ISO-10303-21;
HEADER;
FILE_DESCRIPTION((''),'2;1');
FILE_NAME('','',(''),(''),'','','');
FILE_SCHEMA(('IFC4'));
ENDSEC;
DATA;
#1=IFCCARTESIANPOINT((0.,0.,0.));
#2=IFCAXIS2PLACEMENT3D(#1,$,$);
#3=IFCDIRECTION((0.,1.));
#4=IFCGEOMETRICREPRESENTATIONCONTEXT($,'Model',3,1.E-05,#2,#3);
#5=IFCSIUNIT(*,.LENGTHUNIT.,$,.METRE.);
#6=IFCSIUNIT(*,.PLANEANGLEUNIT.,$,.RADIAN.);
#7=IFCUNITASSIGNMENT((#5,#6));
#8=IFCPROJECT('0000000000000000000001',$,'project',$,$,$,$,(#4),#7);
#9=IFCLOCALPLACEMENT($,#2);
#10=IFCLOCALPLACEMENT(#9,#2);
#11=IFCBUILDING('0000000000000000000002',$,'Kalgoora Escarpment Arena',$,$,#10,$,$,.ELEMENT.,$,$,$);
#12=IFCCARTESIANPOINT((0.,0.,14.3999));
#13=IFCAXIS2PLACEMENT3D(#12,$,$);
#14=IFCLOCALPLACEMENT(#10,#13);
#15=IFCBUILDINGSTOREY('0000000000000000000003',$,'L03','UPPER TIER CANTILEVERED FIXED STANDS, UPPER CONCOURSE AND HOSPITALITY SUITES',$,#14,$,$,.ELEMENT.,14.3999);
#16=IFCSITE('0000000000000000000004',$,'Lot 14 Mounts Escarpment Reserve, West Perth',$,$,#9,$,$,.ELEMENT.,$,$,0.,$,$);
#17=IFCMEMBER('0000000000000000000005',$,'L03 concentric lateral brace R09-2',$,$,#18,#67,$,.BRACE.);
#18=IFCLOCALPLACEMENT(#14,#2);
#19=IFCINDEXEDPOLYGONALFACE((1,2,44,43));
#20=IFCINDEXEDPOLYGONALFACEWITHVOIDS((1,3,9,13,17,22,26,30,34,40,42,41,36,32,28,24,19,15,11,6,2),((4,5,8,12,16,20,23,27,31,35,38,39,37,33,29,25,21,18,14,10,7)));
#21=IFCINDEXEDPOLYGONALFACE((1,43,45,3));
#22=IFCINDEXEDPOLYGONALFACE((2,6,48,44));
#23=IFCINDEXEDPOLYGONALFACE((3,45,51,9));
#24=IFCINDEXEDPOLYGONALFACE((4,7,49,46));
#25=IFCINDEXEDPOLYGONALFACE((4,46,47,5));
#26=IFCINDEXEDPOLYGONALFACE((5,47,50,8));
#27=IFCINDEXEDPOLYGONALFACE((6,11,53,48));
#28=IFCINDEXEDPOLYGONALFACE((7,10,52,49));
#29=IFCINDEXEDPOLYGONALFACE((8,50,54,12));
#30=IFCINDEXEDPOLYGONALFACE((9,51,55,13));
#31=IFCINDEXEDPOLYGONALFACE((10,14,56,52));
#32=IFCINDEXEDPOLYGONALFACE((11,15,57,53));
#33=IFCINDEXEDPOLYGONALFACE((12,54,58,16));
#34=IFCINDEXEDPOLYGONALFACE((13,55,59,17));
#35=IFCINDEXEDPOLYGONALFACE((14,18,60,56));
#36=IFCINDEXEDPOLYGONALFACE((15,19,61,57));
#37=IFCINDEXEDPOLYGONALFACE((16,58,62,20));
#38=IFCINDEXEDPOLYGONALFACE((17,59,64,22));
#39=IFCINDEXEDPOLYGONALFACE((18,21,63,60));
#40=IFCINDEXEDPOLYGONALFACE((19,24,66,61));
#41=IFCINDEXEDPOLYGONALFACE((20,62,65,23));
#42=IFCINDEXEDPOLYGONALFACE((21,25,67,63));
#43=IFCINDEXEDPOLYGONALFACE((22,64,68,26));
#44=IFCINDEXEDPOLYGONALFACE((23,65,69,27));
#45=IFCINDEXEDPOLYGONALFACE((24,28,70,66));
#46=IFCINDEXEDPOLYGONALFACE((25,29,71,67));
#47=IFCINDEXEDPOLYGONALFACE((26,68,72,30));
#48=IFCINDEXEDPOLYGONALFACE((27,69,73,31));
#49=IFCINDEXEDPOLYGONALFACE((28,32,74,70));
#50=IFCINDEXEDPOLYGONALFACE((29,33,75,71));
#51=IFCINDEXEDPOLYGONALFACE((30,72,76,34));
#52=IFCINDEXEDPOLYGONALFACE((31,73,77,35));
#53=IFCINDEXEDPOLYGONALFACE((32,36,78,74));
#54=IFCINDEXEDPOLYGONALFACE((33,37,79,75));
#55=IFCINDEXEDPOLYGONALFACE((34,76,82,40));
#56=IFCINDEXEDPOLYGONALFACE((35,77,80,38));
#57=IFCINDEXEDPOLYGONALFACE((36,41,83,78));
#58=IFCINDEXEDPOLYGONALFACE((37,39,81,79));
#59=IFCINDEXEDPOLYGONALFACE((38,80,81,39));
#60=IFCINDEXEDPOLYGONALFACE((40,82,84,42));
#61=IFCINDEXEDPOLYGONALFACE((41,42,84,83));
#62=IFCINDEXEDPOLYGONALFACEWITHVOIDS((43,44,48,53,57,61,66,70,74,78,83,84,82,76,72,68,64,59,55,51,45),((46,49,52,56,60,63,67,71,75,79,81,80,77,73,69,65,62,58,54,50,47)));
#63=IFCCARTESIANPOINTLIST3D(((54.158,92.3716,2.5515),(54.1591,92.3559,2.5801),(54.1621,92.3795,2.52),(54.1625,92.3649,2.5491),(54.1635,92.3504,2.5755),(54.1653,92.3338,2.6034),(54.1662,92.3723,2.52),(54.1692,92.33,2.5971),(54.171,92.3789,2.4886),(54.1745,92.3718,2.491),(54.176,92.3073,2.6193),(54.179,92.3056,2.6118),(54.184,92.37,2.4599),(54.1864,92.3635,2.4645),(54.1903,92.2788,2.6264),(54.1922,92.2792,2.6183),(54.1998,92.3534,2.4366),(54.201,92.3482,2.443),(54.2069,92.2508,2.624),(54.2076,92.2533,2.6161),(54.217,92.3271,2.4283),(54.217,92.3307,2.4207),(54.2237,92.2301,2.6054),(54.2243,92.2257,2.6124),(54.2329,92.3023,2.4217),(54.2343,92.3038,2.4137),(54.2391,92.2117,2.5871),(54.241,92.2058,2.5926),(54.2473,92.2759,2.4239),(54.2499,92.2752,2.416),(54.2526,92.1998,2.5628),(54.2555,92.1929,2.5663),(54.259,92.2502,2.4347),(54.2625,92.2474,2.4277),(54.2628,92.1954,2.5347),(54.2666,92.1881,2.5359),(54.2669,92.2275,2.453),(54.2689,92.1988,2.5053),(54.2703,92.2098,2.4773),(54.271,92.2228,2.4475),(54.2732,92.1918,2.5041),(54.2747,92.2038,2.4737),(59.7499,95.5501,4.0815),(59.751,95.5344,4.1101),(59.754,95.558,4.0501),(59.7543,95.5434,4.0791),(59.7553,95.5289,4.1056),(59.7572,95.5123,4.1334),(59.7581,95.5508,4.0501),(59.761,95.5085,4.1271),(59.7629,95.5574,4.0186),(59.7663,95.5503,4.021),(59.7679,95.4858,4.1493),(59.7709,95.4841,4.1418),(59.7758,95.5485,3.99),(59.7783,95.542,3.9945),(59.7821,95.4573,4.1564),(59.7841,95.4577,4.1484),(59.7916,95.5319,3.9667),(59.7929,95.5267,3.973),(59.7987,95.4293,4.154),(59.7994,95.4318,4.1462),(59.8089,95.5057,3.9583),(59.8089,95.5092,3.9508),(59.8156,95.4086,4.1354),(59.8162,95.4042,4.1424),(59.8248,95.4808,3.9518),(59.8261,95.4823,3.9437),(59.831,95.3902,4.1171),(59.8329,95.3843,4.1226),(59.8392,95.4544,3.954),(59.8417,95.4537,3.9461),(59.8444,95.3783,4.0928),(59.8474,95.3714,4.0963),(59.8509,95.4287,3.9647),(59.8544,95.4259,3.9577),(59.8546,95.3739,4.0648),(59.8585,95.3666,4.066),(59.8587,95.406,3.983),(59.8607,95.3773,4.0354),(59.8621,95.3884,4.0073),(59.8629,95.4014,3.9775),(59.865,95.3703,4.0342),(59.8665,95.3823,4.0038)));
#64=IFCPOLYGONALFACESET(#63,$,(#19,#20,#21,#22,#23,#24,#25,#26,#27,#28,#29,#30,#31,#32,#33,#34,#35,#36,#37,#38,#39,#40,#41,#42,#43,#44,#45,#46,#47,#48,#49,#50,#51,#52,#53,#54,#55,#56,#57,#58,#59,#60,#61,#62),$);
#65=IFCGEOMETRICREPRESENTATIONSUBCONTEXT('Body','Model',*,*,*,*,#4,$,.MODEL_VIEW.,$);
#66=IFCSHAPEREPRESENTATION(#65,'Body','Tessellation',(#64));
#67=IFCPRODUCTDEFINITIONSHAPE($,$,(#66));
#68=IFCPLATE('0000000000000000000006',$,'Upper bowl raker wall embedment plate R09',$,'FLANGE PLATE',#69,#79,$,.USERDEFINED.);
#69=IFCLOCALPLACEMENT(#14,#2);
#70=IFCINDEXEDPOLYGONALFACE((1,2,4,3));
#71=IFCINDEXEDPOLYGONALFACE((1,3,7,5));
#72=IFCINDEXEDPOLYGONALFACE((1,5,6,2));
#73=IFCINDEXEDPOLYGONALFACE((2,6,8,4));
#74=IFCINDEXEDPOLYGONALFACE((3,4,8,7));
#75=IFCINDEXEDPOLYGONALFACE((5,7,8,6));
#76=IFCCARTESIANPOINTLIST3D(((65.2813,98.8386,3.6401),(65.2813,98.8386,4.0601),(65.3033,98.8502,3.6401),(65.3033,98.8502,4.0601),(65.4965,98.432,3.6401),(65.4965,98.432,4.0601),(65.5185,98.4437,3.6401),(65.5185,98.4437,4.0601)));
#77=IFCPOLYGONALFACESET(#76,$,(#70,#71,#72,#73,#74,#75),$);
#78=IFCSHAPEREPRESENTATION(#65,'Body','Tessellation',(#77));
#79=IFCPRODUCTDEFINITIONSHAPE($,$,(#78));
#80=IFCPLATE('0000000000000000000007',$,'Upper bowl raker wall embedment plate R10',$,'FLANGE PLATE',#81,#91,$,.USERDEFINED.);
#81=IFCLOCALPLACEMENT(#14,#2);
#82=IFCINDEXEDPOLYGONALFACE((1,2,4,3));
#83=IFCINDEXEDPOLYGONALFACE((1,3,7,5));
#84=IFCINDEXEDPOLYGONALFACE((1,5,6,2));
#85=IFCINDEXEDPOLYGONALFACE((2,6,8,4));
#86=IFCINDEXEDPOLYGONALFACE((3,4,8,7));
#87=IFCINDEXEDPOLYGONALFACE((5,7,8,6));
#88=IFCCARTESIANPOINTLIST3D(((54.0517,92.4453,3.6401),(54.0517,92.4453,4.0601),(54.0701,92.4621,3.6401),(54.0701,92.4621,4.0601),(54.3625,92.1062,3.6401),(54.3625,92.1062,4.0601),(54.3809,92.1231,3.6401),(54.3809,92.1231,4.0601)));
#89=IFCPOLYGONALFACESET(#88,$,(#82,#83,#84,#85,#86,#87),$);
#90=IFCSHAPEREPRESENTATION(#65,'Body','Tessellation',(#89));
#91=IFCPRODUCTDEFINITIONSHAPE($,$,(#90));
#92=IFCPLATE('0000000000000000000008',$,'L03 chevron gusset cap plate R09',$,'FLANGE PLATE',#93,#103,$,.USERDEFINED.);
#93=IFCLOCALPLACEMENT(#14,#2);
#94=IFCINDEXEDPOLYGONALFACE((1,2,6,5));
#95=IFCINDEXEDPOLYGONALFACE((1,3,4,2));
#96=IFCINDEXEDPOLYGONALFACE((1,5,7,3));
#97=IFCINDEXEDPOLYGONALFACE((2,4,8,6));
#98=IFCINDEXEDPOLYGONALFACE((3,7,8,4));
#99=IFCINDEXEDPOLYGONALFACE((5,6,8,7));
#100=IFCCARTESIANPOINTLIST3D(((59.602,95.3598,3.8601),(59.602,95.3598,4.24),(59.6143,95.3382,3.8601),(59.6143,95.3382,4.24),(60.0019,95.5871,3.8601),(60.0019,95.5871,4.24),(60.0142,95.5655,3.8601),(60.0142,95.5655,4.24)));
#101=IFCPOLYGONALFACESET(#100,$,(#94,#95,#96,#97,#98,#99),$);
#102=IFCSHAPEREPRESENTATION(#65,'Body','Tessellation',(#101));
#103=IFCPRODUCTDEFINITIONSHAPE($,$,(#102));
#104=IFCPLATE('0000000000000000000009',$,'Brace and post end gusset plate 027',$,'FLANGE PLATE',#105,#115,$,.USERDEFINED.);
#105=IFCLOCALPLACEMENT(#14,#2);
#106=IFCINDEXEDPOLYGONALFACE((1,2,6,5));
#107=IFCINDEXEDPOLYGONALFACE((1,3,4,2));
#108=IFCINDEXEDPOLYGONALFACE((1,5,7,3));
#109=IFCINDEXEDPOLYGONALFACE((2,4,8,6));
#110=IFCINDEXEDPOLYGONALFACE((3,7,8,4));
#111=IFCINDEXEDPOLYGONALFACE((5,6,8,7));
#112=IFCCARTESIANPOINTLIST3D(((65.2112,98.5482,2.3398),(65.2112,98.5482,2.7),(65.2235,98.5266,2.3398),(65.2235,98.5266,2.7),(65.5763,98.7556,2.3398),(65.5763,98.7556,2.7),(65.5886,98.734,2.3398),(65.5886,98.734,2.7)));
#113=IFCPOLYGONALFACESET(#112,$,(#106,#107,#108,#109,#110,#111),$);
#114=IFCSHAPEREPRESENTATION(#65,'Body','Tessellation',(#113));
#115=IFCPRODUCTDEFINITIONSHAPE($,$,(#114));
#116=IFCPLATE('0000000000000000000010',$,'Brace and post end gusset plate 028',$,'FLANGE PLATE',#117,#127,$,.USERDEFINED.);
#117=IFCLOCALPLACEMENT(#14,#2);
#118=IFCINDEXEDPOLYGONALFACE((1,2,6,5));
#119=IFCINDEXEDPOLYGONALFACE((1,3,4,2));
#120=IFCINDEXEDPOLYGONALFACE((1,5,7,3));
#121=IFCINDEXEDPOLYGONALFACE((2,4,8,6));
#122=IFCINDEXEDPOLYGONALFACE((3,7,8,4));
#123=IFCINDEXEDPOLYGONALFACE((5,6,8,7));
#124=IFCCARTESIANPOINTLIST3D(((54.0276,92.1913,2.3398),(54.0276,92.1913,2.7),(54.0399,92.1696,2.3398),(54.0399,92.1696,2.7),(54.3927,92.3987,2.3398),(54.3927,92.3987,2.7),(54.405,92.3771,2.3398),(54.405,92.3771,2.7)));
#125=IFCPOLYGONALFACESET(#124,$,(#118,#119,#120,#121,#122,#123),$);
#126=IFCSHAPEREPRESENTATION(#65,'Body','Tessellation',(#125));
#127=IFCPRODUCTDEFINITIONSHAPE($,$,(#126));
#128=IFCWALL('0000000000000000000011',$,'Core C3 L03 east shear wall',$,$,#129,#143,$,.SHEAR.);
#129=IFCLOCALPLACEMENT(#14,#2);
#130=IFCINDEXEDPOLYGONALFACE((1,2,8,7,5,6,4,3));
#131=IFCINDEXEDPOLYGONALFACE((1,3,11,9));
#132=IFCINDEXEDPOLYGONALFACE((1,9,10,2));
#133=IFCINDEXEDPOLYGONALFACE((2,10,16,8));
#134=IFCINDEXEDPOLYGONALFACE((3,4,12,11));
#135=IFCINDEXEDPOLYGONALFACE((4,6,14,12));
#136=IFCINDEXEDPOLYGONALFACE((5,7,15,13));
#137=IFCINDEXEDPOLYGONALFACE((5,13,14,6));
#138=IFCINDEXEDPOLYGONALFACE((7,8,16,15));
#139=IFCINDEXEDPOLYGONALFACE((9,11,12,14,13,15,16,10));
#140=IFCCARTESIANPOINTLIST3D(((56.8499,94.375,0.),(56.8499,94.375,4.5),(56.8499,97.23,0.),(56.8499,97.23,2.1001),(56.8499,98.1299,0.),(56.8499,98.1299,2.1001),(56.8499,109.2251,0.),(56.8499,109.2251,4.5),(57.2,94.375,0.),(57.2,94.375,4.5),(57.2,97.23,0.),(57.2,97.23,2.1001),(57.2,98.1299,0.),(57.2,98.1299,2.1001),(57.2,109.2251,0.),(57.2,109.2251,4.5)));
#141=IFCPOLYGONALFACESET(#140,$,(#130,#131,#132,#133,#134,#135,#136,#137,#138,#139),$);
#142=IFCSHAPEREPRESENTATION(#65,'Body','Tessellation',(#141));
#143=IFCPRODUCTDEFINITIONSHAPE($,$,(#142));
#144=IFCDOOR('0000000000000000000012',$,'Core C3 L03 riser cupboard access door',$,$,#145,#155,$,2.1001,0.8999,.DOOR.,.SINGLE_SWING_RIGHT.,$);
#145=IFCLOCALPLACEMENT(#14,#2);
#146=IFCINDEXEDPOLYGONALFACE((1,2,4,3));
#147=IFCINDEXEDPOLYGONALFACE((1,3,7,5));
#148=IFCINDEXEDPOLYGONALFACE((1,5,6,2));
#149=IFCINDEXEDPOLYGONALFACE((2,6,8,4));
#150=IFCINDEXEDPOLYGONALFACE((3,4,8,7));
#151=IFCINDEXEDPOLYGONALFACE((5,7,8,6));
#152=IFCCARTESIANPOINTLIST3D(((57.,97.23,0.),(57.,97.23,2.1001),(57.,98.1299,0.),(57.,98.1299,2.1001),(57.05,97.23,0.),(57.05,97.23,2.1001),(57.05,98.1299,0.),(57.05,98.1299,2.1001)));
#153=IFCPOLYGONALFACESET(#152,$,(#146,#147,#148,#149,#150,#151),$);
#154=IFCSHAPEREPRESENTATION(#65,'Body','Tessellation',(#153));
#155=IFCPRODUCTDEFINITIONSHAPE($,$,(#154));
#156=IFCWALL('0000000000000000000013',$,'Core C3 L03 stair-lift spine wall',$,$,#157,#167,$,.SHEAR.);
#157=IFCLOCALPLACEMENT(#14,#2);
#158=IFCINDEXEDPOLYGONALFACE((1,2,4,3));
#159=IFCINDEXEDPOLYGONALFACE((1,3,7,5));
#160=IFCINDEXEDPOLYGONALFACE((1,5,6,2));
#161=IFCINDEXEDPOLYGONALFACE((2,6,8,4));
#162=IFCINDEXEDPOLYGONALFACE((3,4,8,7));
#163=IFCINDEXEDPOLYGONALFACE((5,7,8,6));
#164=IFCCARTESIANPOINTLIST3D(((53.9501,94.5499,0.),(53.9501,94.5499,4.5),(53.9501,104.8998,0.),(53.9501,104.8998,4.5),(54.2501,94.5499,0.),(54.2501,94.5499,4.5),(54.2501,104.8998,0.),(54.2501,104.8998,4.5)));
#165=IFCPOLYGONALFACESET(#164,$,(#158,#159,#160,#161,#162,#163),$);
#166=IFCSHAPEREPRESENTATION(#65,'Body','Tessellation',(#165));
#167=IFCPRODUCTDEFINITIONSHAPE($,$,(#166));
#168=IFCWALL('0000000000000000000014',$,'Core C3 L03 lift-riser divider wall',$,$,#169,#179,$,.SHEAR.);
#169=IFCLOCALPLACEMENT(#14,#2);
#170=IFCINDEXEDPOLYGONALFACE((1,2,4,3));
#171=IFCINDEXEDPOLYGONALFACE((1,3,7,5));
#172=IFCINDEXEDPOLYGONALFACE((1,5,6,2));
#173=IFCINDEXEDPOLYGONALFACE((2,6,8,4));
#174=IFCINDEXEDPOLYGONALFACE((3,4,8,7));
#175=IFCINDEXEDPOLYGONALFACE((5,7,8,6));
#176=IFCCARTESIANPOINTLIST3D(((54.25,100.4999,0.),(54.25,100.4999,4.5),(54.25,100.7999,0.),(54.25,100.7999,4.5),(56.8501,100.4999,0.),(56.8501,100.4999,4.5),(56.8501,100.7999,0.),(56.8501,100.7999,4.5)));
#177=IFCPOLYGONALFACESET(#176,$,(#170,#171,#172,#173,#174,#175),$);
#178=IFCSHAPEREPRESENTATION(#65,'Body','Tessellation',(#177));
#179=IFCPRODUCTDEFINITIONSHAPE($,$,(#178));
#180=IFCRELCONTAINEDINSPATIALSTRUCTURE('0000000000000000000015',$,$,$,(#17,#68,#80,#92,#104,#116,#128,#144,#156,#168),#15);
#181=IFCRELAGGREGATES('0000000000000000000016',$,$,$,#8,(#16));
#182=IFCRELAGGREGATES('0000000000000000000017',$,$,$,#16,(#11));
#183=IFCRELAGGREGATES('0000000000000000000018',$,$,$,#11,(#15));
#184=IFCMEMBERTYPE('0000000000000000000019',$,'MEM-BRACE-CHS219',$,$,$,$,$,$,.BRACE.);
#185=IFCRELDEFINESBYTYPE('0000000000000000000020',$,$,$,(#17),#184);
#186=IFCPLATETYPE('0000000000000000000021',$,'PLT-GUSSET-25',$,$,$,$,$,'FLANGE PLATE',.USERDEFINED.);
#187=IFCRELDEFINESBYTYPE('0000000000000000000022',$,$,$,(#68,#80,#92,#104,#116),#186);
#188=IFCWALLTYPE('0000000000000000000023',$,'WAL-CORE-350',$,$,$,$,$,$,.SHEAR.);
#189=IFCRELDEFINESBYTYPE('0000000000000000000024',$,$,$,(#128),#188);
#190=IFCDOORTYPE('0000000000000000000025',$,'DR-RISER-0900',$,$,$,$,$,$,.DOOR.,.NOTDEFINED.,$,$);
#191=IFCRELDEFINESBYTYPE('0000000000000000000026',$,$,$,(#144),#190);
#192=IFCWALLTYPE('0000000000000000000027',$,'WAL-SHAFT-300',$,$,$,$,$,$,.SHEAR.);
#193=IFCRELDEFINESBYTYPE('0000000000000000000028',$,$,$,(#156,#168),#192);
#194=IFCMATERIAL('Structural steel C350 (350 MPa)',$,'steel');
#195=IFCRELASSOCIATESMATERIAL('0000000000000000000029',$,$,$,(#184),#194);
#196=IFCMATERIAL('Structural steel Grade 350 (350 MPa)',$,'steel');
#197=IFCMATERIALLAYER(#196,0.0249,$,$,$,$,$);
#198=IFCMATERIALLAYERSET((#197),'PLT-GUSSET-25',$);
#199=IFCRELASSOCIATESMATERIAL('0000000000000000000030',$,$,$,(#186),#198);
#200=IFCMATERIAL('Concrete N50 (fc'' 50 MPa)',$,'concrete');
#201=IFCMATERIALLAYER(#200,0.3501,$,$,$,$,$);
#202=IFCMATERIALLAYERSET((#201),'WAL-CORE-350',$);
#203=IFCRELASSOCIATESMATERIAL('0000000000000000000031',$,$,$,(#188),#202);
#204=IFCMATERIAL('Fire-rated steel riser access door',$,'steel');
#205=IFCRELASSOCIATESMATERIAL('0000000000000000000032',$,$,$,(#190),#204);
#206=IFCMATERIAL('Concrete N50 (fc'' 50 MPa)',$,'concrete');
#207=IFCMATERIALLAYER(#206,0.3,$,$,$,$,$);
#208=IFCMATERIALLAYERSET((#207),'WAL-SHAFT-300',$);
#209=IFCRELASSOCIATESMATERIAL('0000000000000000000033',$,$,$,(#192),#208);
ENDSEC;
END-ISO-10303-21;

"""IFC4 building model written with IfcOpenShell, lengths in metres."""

from ifc_helpers import new_model, si_unit, direction, frame, frame_2d, origin, origin_2d, place, context, subcontext, project, spatial, rectangle, hollow_circle, extrude, material, layer, layer_set, material_profile, profile_set, type_object, element, fill, save


model = new_model("IFC4")

# Units and contexts
model_context = context("Model", 3, precision=1e-05, world=origin(), true_north=direction((0.0, 1.0)))
body_context = subcontext(model_context, "Body", "Model", "MODEL_VIEW")
ifc_project = project(units=[si_unit("LENGTHUNIT", "METRE"), si_unit("PLANEANGLEUNIT", "RADIAN")], contexts=[model_context])

# Site, building, storey
site_placement = place(None, origin())
site = spatial("IfcSite", under=ifc_project, at=site_placement, Name="Lot 14 Mounts Escarpment Reserve, West Perth", CompositionType="ELEMENT", RefElevation=0.0)
building_placement = place(site_placement, origin())
building = spatial("IfcBuilding", under=site, at=building_placement, Name="Kalgoora Escarpment Arena", CompositionType="ELEMENT")
storey_placement = place(building_placement, frame((0.0, 0.0, 14.3999)))
storey = spatial("IfcBuildingStorey", under=building, at=storey_placement, Name="L03", Description="UPPER TIER CANTILEVERED FIXED STANDS, UPPER CONCOURSE AND HOSPITALITY SUITES", CompositionType="ELEMENT", Elevation=14.3999)

# Member
ifc_material_1 = material(Name="Structural steel C350 (350 MPa)", Category="steel")
ifc_material_profile_1 = material_profile(ifc_material_1, hollow_circle(Radius=0.1096, WallThickness=0.0083, at=origin_2d()))
ifc_profile_set_1 = profile_set([ifc_material_profile_1], Name="Structural steel C350 (350 MPa)")
member_type = type_object("IfcMemberType", Name="MEM-BRACE-CHS219", PredefinedType="BRACE", material=ifc_profile_set_1)
for number, where, z_axis, x_axis, name in (
    (1, (54.2163, 92.2842, 2.52), (0.845769, 0.480749, 0.23142), (-0.494163, 0.869369, 0.0), "L03 concentric lateral brace R09-2"),
):
    element("IfcMember", number, at=place(storey_placement, frame(where, z_axis=z_axis, x_axis=x_axis)), inside=storey, type_object=member_type, Name=name, PredefinedType="BRACE", context=body_context, shape_type="SweptSolid", body=[
        extrude(hollow_circle(Radius=0.1096, WallThickness=0.0083, at=origin_2d()), origin(), (0.0, 0.0, 1.0), 6.6116),
    ])

# Plates
ifc_material_2 = material(Name="Structural steel Grade 350 (350 MPa)", Category="steel")
ifc_layer_1 = layer(ifc_material_2, 0.0249)
ifc_layer_set_1 = layer_set([ifc_layer_1], Name="PLT-GUSSET-25")
plate_type = type_object("IfcPlateType", Name="PLT-GUSSET-25", ElementType="FLANGE PLATE", PredefinedType="USERDEFINED", material=ifc_layer_set_1)
for number, where, z_axis, x_axis, name in (
    (2, (65.3999, 98.6411, 3.6401), (0.0, 0.0, 1.0), (-0.467776, 0.883847, 0.0), "Upper bowl raker wall embedment plate R09"),
    (3, (54.2163, 92.2842, 3.6401), (0.0, 0.0, 1.0), (-0.675719, 0.737159, 0.0), "Upper bowl raker wall embedment plate R10"),
):
    element("IfcPlate", number, at=place(storey_placement, frame(where, z_axis=z_axis, x_axis=x_axis)), inside=storey, type_object=plate_type, Name=name, ObjectType="FLANGE PLATE", PredefinedType="USERDEFINED", context=body_context, shape_type="SweptSolid", body=[
        extrude(rectangle(XDim=0.46, YDim=0.0249, at=origin_2d()), origin(), (0.0, 0.0, 1.0), 0.4199),
    ])
plate_placement = place(storey_placement, frame((59.8081, 95.4626, 3.8601), z_axis=(0.0, 0.0, 1.0), x_axis=(-0.869409, -0.494094, 0.0)))
element("IfcPlate", 4, at=plate_placement, inside=storey, type_object=plate_type, Name="L03 chevron gusset cap plate R09", ObjectType="FLANGE PLATE", PredefinedType="USERDEFINED", context=body_context, shape_type="SweptSolid", body=[
    extrude(rectangle(XDim=0.46, YDim=0.0249, at=origin_2d()), origin(), (0.0, 0.0, 1.0), 0.3799),
])
for number, where, z_axis, x_axis, name in (
    (5, (65.3999, 98.6411, 2.3398), (0.0, 0.0, 1.0), (-0.869495, -0.493942, 0.0), "Brace and post end gusset plate 027"),
    (6, (54.2163, 92.2842, 2.3398), (0.0, 0.0, 1.0), (0.869495, 0.493942, 0.0), "Brace and post end gusset plate 028"),
):
    element("IfcPlate", number, at=place(storey_placement, frame(where, z_axis=z_axis, x_axis=x_axis)), inside=storey, type_object=plate_type, Name=name, ObjectType="FLANGE PLATE", PredefinedType="USERDEFINED", context=body_context, shape_type="SweptSolid", body=[
        extrude(rectangle(XDim=0.4199, YDim=0.0249, at=origin_2d()), origin(), (0.0, 0.0, 1.0), 0.3601),
    ])

# Wall, opening, door
ifc_material_3 = material(Name="Concrete N50 (fc' 50 MPa)", Category="concrete")
ifc_layer_2 = layer(ifc_material_3, 0.3501)
ifc_layer_set_2 = layer_set([ifc_layer_2], Name="WAL-CORE-350")
wall_type_1 = type_object("IfcWallType", Name="WAL-CORE-350", PredefinedType="SHEAR", material=ifc_layer_set_2)
wall_1_placement = place(storey_placement, frame((57.0249, 94.375, 0.0), z_axis=(0.0, 0.0, 1.0), x_axis=(0.0, 1.0, 0.0)))
wall_1 = element("IfcWall", 7, at=wall_1_placement, inside=storey, type_object=wall_type_1, Name="Core C3 L03 east shear wall", PredefinedType="SHEAR", context=body_context, shape_type="SweptSolid", body=[
    extrude(rectangle(XDim=14.8501, YDim=0.3501, at=frame_2d((7.425, 0.0))), origin(), (0.0, 0.0, 1.0), 4.5),
])
opening_1_placement = place(wall_1_placement, frame((2.855, 0.0, 0.0)))
opening_1 = element("IfcOpeningElement", 8, at=opening_1_placement, cuts=wall_1, PredefinedType="OPENING", context=body_context, shape_type="SweptSolid", body=[
    extrude(rectangle(XDim=0.8999, YDim=2.1001, at=frame_2d((0.45, 1.05))), frame((0.0, 0.1851, 0.0), z_axis=(0.0, -1.0, 0.0), x_axis=(1.0, 0.0, 0.0)), (0.0, 0.0, 1.0), 0.3701),
])
ifc_material_4 = material(Name="Fire-rated steel riser access door", Category="steel")
door_type_1 = type_object("IfcDoorType", Name="DR-RISER-0900", OperationType="NOTDEFINED", PredefinedType="DOOR", material=ifc_material_4)
door_1_placement = place(opening_1_placement, origin())
door_1 = element("IfcDoor", 9, at=door_1_placement, inside=storey, type_object=door_type_1, Name="Core C3 L03 riser cupboard access door", OperationType="SINGLE_SWING_RIGHT", OverallHeight=2.1001, OverallWidth=0.8999, PredefinedType="DOOR", context=body_context, shape_type="SweptSolid", body=[
    extrude(rectangle(XDim=0.8999, YDim=2.1001, at=frame_2d((0.45, 1.05))), frame((0.0, 0.0249, 0.0), z_axis=(0.0, -1.0, 0.0), x_axis=(1.0, 0.0, 0.0)), (0.0, 0.0, 1.0), 0.05),
])
fill(opening_1, door_1)

# Walls
ifc_material_5 = material(Name="Concrete N50 (fc' 50 MPa)", Category="concrete")
ifc_layer_3 = layer(ifc_material_5, 0.3)
ifc_layer_set_3 = layer_set([ifc_layer_3], Name="WAL-SHAFT-300")
wall_type_2 = type_object("IfcWallType", Name="WAL-SHAFT-300", PredefinedType="SHEAR", material=ifc_layer_set_3)
wall_2_placement = place(storey_placement, frame((54.1001, 94.55, 0.0), z_axis=(0.0, 0.0, 1.0), x_axis=(0.0, 1.0, 0.0)))
element("IfcWall", 10, at=wall_2_placement, inside=storey, type_object=wall_type_2, Name="Core C3 L03 stair-lift spine wall", PredefinedType="SHEAR", context=body_context, shape_type="SweptSolid", body=[
    extrude(rectangle(XDim=10.3499, YDim=0.3, at=frame_2d((5.1748, 0.0))), origin(), (0.0, 0.0, 1.0), 4.5),
])
wall_3_placement = place(storey_placement, frame((54.25, 100.6499, 0.0), z_axis=(0.0, 0.0, 1.0), x_axis=(1.0, 0.0, 0.0)))
element("IfcWall", 11, at=wall_3_placement, inside=storey, type_object=wall_type_2, Name="Core C3 L03 lift-riser divider wall", PredefinedType="SHEAR", context=body_context, shape_type="SweptSolid", body=[
    extrude(rectangle(XDim=2.6001, YDim=0.3, at=frame_2d((1.3, 0.0))), origin(), (0.0, 0.0, 1.0), 4.5),
])

save(model, "model.ifc")
